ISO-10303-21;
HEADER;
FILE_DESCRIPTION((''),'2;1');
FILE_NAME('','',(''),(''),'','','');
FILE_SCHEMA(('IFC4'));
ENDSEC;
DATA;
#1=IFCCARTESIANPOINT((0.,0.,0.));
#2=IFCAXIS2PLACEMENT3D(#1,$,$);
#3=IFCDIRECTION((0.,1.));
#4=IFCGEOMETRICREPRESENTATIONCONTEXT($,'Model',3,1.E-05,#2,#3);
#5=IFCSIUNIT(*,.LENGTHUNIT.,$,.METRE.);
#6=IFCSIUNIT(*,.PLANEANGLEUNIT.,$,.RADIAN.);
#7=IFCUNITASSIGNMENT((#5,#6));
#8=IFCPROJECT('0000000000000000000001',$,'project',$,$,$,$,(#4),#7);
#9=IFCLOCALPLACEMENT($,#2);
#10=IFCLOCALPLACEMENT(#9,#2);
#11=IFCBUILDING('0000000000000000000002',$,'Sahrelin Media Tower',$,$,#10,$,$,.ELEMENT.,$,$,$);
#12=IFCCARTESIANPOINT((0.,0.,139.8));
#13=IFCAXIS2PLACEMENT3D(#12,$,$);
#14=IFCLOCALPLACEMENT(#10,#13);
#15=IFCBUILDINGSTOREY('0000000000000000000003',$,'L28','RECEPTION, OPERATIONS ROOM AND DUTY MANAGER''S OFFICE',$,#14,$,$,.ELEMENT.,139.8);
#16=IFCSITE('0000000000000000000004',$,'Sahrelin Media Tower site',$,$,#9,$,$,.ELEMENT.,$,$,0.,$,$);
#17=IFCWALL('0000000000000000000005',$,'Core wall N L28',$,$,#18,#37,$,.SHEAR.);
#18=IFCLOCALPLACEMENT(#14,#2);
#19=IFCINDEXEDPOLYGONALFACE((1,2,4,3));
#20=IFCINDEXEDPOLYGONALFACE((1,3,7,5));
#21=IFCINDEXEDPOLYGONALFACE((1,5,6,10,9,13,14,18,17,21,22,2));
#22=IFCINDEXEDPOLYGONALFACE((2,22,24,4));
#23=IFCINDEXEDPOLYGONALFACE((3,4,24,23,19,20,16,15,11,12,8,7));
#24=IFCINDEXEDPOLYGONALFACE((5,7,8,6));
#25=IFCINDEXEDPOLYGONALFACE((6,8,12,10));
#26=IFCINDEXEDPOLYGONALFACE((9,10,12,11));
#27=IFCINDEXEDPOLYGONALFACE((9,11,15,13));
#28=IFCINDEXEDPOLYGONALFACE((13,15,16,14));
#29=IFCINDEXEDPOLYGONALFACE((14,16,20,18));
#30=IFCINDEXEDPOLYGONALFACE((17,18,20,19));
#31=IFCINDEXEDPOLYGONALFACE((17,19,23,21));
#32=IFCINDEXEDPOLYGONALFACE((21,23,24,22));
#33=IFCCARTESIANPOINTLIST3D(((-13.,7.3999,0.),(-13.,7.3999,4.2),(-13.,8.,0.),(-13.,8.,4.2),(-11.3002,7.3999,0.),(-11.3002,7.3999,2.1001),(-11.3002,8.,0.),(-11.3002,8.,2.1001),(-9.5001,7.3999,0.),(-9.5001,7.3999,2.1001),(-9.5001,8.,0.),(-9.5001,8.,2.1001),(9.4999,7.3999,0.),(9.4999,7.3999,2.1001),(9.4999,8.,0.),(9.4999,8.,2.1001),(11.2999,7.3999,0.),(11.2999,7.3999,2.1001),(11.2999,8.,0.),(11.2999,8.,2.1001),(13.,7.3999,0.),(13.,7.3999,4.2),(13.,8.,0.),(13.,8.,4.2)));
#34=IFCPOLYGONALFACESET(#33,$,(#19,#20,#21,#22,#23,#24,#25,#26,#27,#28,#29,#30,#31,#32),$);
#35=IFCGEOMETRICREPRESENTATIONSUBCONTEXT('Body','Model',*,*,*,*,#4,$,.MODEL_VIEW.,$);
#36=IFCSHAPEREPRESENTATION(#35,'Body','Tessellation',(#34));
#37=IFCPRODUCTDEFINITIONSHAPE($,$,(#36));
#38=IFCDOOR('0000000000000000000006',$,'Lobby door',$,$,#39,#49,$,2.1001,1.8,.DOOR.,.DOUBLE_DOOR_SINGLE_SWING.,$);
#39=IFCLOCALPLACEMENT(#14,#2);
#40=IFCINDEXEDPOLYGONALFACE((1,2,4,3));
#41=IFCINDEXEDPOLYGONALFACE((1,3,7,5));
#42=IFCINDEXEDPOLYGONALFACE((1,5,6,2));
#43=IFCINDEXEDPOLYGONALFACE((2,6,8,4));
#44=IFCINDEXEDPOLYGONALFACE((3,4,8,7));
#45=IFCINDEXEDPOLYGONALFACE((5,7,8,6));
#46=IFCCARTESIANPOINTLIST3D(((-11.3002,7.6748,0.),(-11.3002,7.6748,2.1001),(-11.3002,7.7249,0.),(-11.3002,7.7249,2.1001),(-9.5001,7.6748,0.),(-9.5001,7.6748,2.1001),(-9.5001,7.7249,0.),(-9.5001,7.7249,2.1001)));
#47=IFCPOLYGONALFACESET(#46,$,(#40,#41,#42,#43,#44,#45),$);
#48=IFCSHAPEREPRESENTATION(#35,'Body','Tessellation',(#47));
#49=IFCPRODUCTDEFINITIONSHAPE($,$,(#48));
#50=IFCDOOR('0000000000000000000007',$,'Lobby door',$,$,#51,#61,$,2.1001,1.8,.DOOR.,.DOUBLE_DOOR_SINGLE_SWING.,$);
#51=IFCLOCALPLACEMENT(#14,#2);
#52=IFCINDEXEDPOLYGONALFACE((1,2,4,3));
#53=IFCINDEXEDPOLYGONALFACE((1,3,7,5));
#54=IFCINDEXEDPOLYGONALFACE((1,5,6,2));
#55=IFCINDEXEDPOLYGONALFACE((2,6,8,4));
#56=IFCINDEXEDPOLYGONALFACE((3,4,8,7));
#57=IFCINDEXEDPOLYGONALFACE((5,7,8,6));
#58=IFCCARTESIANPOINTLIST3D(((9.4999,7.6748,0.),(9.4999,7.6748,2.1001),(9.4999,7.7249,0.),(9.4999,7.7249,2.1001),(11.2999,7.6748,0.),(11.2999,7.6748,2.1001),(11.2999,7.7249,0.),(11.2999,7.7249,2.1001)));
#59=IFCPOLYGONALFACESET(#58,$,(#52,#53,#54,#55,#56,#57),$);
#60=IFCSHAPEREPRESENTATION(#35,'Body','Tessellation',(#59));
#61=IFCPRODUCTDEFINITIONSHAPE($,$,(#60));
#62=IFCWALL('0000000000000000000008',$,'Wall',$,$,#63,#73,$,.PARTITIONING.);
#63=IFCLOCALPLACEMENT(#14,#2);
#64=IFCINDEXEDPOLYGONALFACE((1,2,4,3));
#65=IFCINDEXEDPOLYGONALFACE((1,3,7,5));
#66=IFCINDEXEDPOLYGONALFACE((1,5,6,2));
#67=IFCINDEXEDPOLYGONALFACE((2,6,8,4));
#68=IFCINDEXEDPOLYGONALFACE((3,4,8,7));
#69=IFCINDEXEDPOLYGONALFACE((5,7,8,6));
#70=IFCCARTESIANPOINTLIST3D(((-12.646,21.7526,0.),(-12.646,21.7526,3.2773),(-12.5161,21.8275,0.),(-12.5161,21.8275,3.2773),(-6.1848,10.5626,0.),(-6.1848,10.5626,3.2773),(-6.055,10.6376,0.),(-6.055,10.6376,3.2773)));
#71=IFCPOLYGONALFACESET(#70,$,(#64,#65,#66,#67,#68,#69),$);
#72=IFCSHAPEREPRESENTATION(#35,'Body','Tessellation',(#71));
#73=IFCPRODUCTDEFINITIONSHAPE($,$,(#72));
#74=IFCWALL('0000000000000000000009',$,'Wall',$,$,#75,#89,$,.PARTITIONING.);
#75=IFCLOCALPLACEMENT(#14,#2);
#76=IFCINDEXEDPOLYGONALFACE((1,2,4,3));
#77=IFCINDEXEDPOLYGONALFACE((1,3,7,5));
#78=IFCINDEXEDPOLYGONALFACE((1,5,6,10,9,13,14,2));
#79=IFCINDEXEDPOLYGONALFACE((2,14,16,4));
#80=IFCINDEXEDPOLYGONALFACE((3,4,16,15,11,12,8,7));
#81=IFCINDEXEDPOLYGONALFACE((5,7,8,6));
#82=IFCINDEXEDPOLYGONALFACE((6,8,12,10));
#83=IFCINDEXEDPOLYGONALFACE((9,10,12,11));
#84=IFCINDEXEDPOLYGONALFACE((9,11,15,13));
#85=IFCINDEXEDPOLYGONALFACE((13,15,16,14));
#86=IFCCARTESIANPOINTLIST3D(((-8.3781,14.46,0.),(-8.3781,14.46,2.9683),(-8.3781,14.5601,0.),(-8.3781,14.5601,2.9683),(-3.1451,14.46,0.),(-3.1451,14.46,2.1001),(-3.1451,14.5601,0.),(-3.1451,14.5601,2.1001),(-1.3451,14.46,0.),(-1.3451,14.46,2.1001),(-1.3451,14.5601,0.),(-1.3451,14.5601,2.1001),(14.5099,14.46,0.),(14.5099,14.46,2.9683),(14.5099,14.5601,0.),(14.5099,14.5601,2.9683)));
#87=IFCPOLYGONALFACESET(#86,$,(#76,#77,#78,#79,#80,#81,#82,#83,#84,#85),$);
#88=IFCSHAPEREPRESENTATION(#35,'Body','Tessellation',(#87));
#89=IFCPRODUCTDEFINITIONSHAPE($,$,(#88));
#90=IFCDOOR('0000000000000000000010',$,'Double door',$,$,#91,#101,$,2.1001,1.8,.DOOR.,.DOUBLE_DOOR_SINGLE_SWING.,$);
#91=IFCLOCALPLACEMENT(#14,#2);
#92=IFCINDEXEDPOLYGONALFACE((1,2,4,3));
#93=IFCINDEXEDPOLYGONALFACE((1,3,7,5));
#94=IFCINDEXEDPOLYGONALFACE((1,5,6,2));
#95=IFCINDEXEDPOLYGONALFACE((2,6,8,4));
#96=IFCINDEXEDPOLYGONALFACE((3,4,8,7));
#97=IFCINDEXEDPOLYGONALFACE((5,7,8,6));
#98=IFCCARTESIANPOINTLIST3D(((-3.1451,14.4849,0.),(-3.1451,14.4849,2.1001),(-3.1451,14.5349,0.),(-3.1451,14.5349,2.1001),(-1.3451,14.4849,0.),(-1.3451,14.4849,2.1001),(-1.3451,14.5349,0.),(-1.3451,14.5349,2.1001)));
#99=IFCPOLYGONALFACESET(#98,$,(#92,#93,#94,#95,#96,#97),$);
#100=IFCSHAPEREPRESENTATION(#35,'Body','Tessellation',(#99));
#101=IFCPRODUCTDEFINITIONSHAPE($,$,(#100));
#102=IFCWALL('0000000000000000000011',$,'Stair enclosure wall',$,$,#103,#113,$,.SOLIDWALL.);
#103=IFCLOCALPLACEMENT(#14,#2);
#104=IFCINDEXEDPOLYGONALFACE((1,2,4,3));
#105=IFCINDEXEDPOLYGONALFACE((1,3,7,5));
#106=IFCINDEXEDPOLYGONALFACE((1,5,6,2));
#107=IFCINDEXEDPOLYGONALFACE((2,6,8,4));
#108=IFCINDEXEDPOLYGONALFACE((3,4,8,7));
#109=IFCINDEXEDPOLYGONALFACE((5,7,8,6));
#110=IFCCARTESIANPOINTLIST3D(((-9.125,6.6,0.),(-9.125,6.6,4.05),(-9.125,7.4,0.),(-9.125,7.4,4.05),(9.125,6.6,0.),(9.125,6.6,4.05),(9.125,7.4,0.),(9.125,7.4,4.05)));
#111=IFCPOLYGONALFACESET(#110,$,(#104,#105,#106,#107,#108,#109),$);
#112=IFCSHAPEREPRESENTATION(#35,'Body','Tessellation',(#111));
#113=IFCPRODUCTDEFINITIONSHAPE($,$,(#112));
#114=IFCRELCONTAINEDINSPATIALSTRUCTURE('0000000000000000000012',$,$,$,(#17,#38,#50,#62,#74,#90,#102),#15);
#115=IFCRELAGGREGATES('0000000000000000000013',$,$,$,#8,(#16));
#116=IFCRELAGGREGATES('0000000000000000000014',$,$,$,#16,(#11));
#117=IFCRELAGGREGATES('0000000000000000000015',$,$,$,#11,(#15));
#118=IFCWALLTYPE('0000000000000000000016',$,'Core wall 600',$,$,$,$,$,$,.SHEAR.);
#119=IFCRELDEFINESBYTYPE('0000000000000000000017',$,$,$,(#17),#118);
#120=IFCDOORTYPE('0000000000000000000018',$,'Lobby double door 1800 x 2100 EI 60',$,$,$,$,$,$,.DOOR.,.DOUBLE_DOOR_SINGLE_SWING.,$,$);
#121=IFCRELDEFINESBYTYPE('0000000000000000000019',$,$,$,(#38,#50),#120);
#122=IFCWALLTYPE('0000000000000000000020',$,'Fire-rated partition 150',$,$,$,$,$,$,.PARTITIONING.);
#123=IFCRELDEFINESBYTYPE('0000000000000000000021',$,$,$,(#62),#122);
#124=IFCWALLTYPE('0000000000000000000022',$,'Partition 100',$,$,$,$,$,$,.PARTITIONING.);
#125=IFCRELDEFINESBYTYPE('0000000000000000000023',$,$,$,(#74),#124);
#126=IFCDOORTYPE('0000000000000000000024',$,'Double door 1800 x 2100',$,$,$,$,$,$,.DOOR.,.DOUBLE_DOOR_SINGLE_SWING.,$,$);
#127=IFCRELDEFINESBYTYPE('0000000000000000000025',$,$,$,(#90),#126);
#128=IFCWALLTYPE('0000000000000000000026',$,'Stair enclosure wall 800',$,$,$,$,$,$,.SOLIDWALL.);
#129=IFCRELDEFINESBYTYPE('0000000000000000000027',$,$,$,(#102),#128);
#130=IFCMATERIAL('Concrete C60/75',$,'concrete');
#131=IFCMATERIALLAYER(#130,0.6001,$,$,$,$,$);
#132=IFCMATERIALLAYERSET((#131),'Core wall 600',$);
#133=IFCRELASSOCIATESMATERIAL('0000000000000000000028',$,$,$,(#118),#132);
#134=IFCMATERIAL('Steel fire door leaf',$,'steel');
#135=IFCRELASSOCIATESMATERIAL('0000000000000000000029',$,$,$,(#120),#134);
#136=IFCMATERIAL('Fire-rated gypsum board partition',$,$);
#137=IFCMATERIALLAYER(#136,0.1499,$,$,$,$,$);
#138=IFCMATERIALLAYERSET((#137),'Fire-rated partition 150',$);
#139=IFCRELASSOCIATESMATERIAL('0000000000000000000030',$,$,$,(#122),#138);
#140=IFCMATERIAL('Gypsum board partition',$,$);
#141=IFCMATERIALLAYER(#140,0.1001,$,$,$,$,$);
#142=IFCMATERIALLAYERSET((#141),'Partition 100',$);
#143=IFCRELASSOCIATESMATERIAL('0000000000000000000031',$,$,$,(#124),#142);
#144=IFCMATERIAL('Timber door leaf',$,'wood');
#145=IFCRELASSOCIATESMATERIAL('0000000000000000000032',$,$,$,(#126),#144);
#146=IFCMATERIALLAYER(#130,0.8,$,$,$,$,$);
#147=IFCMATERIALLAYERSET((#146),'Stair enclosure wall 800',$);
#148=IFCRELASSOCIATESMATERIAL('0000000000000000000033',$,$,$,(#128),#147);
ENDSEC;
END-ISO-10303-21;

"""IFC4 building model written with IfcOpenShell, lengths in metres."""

from ifc_helpers import new_model, si_unit, direction, frame, frame_2d, origin, place, context, subcontext, project, spatial, rectangle, extrude, material, layer, layer_set, type_object, element, fill, save


model = new_model("IFC4")

# Units and contexts
model_context = context("Model", 3, precision=1e-05, world=origin(), true_north=direction((0.0, 1.0)))
body_context = subcontext(model_context, "Body", "Model", "MODEL_VIEW")
ifc_project = project(units=[si_unit("LENGTHUNIT", "METRE"), si_unit("PLANEANGLEUNIT", "RADIAN")], contexts=[model_context])

# Site, building, storey
site_placement = place(None, origin())
site = spatial("IfcSite", under=ifc_project, at=site_placement, Name="Sahrelin Media Tower site", CompositionType="ELEMENT", RefElevation=0.0)
building_placement = place(site_placement, origin())
building = spatial("IfcBuilding", under=site, at=building_placement, Name="Sahrelin Media Tower", CompositionType="ELEMENT")
storey_placement = place(building_placement, frame((0.0, 0.0, 139.8)))
storey = spatial("IfcBuildingStorey", under=building, at=storey_placement, Name="L28", Description="RECEPTION, OPERATIONS ROOM AND DUTY MANAGER'S OFFICE", CompositionType="ELEMENT", Elevation=139.8)

# Wall, openings, doors
ifc_material_1 = material(Name="Concrete C60/75", Category="concrete")
ifc_layer_1 = layer(ifc_material_1, 0.6001)
ifc_layer_set_1 = layer_set([ifc_layer_1], Name="Core wall 600")
wall_type_1 = type_object("IfcWallType", Name="Core wall 600", PredefinedType="SHEAR", material=ifc_layer_set_1)
wall_1_placement = place(storey_placement, frame((-13.0, 7.7, 0.0), z_axis=(0.0, 0.0, 1.0), x_axis=(1.0, 0.0, 0.0)))
wall_1 = element("IfcWall", 1, at=wall_1_placement, inside=storey, type_object=wall_type_1, Name="Core wall N L28", PredefinedType="SHEAR", context=body_context, shape_type="SweptSolid", body=[
    extrude(rectangle(XDim=26.0, YDim=0.6001, at=frame_2d((13.0, 0.0))), origin(), (0.0, 0.0, 1.0), 4.2),
])
opening_1_placement = place(wall_1_placement, frame((1.7, 0.0, 0.0)))
opening_1 = element("IfcOpeningElement", 2, at=opening_1_placement, cuts=wall_1, PredefinedType="OPENING", context=body_context, shape_type="SweptSolid", body=[
    extrude(rectangle(XDim=1.8, YDim=2.1001, at=frame_2d((0.8999, 1.05))), frame((0.0, 0.3, 0.0), z_axis=(0.0, -1.0, 0.0), x_axis=(1.0, 0.0, 0.0)), (0.0, 0.0, 1.0), 0.6001),
])
opening_2_placement = place(wall_1_placement, frame((22.5, 0.0, 0.0)))
opening_2 = element("IfcOpeningElement", 3, at=opening_2_placement, cuts=wall_1, PredefinedType="OPENING", context=body_context, shape_type="SweptSolid", body=[
    extrude(rectangle(XDim=1.8, YDim=2.1001, at=frame_2d((0.8999, 1.05))), frame((0.0, 0.3, 0.0), z_axis=(0.0, -1.0, 0.0), x_axis=(1.0, 0.0, 0.0)), (0.0, 0.0, 1.0), 0.6001),
])
ifc_material_2 = material(Name="Steel fire door leaf", Category="steel")
door_type_1 = type_object("IfcDoorType", Name="Lobby double door 1800 x 2100 EI 60", OperationType="DOUBLE_DOOR_SINGLE_SWING", PredefinedType="DOOR", material=ifc_material_2)
door_1_placement = place(opening_1_placement, origin())
door_1 = element("IfcDoor", 4, at=door_1_placement, inside=storey, type_object=door_type_1, Name="Lobby door", OperationType="DOUBLE_DOOR_SINGLE_SWING", OverallHeight=2.1001, OverallWidth=1.8, PredefinedType="DOOR", context=body_context, shape_type="SweptSolid", body=[
    extrude(rectangle(XDim=1.8, YDim=2.1001, at=frame_2d((0.8999, 1.05))), frame((0.0, 0.0249, 0.0), z_axis=(0.0, -1.0, 0.0), x_axis=(1.0, 0.0, 0.0)), (0.0, 0.0, 1.0), 0.05),
])
fill(opening_1, door_1)
door_2_placement = place(opening_2_placement, origin())
door_2 = element("IfcDoor", 5, at=door_2_placement, inside=storey, type_object=door_type_1, Name="Lobby door", OperationType="DOUBLE_DOOR_SINGLE_SWING", OverallHeight=2.1001, OverallWidth=1.8, PredefinedType="DOOR", context=body_context, shape_type="SweptSolid", body=[
    extrude(rectangle(XDim=1.8, YDim=2.1001, at=frame_2d((0.8999, 1.05))), frame((0.0, 0.0249, 0.0), z_axis=(0.0, -1.0, 0.0), x_axis=(1.0, 0.0, 0.0)), (0.0, 0.0, 1.0), 0.05),
])
fill(opening_2, door_2)

# Wall
ifc_material_3 = material(Name="Fire-rated gypsum board partition")
ifc_layer_2 = layer(ifc_material_3, 0.1499)
ifc_layer_set_2 = layer_set([ifc_layer_2], Name="Fire-rated partition 150")
wall_type_2 = type_object("IfcWallType", Name="Fire-rated partition 150", PredefinedType="PARTITIONING", material=ifc_layer_set_2)
wall_2_placement = place(storey_placement, frame((-12.5811, 21.79, 0.0), z_axis=(0.0, 0.0, 1.0), x_axis=(0.500039, -0.866003, 0.0)))
element("IfcWall", 6, at=wall_2_placement, inside=storey, type_object=wall_type_2, Name="Wall", PredefinedType="PARTITIONING", context=body_context, shape_type="SweptSolid", body=[
    extrude(rectangle(XDim=12.9214, YDim=0.1499, at=frame_2d((6.4607, 0.0))), origin(), (0.0, 0.0, 1.0), 3.2773),
])

# Wall, opening, door
ifc_material_4 = material(Name="Gypsum board partition")
ifc_layer_3 = layer(ifc_material_4, 0.1001)
ifc_layer_set_3 = layer_set([ifc_layer_3], Name="Partition 100")
wall_type_3 = type_object("IfcWallType", Name="Partition 100", PredefinedType="PARTITIONING", material=ifc_layer_set_3)
wall_3_placement = place(storey_placement, frame((-8.3779, 14.51, 0.0), z_axis=(0.0, 0.0, 1.0), x_axis=(1.0, 0.0, 0.0)))
wall_3 = element("IfcWall", 7, at=wall_3_placement, inside=storey, type_object=wall_type_3, Name="Wall", PredefinedType="PARTITIONING", context=body_context, shape_type="SweptSolid", body=[
    extrude(rectangle(XDim=22.8879, YDim=0.1001, at=frame_2d((11.4438, 0.0))), origin(), (0.0, 0.0, 1.0), 2.9683),
])
opening_3_placement = place(wall_3_placement, frame((5.2329, 0.0, 0.0)))
opening_3 = element("IfcOpeningElement", 8, at=opening_3_placement, cuts=wall_3, PredefinedType="OPENING", context=body_context, shape_type="SweptSolid", body=[
    extrude(rectangle(XDim=1.8, YDim=2.1001, at=frame_2d((0.8999, 1.05))), frame((0.0, 0.05, 0.0), z_axis=(0.0, -1.0, 0.0), x_axis=(1.0, 0.0, 0.0)), (0.0, 0.0, 1.0), 0.1001),
])
ifc_material_5 = material(Name="Timber door leaf", Category="wood")
door_type_2 = type_object("IfcDoorType", Name="Double door 1800 x 2100", OperationType="DOUBLE_DOOR_SINGLE_SWING", PredefinedType="DOOR", material=ifc_material_5)
door_3_placement = place(opening_3_placement, origin())
door_3 = element("IfcDoor", 9, at=door_3_placement, inside=storey, type_object=door_type_2, Name="Double door", OperationType="DOUBLE_DOOR_SINGLE_SWING", OverallHeight=2.1001, OverallWidth=1.8, PredefinedType="DOOR", context=body_context, shape_type="SweptSolid", body=[
    extrude(rectangle(XDim=1.8, YDim=2.1001, at=frame_2d((0.8999, 1.05))), frame((0.0, 0.0249, 0.0), z_axis=(0.0, -1.0, 0.0), x_axis=(1.0, 0.0, 0.0)), (0.0, 0.0, 1.0), 0.05),
])
fill(opening_3, door_3)

# Wall
ifc_layer_4 = layer(ifc_material_1, 0.8)
ifc_layer_set_4 = layer_set([ifc_layer_4], Name="Stair enclosure wall 800")
wall_type_4 = type_object("IfcWallType", Name="Stair enclosure wall 800", PredefinedType="SOLIDWALL", material=ifc_layer_set_4)
wall_4_placement = place(storey_placement, frame((-9.125, 7.0, 0.0), z_axis=(0.0, 0.0, 1.0), x_axis=(1.0, 0.0, 0.0)))
element("IfcWall", 10, at=wall_4_placement, inside=storey, type_object=wall_type_4, Name="Stair enclosure wall", PredefinedType="SOLIDWALL", context=body_context, shape_type="SweptSolid", body=[
    extrude(rectangle(XDim=18.25, YDim=0.8, at=frame_2d((9.125, 0.0))), origin(), (0.0, 0.0, 1.0), 4.05),
])

save(model, "model.ifc")
